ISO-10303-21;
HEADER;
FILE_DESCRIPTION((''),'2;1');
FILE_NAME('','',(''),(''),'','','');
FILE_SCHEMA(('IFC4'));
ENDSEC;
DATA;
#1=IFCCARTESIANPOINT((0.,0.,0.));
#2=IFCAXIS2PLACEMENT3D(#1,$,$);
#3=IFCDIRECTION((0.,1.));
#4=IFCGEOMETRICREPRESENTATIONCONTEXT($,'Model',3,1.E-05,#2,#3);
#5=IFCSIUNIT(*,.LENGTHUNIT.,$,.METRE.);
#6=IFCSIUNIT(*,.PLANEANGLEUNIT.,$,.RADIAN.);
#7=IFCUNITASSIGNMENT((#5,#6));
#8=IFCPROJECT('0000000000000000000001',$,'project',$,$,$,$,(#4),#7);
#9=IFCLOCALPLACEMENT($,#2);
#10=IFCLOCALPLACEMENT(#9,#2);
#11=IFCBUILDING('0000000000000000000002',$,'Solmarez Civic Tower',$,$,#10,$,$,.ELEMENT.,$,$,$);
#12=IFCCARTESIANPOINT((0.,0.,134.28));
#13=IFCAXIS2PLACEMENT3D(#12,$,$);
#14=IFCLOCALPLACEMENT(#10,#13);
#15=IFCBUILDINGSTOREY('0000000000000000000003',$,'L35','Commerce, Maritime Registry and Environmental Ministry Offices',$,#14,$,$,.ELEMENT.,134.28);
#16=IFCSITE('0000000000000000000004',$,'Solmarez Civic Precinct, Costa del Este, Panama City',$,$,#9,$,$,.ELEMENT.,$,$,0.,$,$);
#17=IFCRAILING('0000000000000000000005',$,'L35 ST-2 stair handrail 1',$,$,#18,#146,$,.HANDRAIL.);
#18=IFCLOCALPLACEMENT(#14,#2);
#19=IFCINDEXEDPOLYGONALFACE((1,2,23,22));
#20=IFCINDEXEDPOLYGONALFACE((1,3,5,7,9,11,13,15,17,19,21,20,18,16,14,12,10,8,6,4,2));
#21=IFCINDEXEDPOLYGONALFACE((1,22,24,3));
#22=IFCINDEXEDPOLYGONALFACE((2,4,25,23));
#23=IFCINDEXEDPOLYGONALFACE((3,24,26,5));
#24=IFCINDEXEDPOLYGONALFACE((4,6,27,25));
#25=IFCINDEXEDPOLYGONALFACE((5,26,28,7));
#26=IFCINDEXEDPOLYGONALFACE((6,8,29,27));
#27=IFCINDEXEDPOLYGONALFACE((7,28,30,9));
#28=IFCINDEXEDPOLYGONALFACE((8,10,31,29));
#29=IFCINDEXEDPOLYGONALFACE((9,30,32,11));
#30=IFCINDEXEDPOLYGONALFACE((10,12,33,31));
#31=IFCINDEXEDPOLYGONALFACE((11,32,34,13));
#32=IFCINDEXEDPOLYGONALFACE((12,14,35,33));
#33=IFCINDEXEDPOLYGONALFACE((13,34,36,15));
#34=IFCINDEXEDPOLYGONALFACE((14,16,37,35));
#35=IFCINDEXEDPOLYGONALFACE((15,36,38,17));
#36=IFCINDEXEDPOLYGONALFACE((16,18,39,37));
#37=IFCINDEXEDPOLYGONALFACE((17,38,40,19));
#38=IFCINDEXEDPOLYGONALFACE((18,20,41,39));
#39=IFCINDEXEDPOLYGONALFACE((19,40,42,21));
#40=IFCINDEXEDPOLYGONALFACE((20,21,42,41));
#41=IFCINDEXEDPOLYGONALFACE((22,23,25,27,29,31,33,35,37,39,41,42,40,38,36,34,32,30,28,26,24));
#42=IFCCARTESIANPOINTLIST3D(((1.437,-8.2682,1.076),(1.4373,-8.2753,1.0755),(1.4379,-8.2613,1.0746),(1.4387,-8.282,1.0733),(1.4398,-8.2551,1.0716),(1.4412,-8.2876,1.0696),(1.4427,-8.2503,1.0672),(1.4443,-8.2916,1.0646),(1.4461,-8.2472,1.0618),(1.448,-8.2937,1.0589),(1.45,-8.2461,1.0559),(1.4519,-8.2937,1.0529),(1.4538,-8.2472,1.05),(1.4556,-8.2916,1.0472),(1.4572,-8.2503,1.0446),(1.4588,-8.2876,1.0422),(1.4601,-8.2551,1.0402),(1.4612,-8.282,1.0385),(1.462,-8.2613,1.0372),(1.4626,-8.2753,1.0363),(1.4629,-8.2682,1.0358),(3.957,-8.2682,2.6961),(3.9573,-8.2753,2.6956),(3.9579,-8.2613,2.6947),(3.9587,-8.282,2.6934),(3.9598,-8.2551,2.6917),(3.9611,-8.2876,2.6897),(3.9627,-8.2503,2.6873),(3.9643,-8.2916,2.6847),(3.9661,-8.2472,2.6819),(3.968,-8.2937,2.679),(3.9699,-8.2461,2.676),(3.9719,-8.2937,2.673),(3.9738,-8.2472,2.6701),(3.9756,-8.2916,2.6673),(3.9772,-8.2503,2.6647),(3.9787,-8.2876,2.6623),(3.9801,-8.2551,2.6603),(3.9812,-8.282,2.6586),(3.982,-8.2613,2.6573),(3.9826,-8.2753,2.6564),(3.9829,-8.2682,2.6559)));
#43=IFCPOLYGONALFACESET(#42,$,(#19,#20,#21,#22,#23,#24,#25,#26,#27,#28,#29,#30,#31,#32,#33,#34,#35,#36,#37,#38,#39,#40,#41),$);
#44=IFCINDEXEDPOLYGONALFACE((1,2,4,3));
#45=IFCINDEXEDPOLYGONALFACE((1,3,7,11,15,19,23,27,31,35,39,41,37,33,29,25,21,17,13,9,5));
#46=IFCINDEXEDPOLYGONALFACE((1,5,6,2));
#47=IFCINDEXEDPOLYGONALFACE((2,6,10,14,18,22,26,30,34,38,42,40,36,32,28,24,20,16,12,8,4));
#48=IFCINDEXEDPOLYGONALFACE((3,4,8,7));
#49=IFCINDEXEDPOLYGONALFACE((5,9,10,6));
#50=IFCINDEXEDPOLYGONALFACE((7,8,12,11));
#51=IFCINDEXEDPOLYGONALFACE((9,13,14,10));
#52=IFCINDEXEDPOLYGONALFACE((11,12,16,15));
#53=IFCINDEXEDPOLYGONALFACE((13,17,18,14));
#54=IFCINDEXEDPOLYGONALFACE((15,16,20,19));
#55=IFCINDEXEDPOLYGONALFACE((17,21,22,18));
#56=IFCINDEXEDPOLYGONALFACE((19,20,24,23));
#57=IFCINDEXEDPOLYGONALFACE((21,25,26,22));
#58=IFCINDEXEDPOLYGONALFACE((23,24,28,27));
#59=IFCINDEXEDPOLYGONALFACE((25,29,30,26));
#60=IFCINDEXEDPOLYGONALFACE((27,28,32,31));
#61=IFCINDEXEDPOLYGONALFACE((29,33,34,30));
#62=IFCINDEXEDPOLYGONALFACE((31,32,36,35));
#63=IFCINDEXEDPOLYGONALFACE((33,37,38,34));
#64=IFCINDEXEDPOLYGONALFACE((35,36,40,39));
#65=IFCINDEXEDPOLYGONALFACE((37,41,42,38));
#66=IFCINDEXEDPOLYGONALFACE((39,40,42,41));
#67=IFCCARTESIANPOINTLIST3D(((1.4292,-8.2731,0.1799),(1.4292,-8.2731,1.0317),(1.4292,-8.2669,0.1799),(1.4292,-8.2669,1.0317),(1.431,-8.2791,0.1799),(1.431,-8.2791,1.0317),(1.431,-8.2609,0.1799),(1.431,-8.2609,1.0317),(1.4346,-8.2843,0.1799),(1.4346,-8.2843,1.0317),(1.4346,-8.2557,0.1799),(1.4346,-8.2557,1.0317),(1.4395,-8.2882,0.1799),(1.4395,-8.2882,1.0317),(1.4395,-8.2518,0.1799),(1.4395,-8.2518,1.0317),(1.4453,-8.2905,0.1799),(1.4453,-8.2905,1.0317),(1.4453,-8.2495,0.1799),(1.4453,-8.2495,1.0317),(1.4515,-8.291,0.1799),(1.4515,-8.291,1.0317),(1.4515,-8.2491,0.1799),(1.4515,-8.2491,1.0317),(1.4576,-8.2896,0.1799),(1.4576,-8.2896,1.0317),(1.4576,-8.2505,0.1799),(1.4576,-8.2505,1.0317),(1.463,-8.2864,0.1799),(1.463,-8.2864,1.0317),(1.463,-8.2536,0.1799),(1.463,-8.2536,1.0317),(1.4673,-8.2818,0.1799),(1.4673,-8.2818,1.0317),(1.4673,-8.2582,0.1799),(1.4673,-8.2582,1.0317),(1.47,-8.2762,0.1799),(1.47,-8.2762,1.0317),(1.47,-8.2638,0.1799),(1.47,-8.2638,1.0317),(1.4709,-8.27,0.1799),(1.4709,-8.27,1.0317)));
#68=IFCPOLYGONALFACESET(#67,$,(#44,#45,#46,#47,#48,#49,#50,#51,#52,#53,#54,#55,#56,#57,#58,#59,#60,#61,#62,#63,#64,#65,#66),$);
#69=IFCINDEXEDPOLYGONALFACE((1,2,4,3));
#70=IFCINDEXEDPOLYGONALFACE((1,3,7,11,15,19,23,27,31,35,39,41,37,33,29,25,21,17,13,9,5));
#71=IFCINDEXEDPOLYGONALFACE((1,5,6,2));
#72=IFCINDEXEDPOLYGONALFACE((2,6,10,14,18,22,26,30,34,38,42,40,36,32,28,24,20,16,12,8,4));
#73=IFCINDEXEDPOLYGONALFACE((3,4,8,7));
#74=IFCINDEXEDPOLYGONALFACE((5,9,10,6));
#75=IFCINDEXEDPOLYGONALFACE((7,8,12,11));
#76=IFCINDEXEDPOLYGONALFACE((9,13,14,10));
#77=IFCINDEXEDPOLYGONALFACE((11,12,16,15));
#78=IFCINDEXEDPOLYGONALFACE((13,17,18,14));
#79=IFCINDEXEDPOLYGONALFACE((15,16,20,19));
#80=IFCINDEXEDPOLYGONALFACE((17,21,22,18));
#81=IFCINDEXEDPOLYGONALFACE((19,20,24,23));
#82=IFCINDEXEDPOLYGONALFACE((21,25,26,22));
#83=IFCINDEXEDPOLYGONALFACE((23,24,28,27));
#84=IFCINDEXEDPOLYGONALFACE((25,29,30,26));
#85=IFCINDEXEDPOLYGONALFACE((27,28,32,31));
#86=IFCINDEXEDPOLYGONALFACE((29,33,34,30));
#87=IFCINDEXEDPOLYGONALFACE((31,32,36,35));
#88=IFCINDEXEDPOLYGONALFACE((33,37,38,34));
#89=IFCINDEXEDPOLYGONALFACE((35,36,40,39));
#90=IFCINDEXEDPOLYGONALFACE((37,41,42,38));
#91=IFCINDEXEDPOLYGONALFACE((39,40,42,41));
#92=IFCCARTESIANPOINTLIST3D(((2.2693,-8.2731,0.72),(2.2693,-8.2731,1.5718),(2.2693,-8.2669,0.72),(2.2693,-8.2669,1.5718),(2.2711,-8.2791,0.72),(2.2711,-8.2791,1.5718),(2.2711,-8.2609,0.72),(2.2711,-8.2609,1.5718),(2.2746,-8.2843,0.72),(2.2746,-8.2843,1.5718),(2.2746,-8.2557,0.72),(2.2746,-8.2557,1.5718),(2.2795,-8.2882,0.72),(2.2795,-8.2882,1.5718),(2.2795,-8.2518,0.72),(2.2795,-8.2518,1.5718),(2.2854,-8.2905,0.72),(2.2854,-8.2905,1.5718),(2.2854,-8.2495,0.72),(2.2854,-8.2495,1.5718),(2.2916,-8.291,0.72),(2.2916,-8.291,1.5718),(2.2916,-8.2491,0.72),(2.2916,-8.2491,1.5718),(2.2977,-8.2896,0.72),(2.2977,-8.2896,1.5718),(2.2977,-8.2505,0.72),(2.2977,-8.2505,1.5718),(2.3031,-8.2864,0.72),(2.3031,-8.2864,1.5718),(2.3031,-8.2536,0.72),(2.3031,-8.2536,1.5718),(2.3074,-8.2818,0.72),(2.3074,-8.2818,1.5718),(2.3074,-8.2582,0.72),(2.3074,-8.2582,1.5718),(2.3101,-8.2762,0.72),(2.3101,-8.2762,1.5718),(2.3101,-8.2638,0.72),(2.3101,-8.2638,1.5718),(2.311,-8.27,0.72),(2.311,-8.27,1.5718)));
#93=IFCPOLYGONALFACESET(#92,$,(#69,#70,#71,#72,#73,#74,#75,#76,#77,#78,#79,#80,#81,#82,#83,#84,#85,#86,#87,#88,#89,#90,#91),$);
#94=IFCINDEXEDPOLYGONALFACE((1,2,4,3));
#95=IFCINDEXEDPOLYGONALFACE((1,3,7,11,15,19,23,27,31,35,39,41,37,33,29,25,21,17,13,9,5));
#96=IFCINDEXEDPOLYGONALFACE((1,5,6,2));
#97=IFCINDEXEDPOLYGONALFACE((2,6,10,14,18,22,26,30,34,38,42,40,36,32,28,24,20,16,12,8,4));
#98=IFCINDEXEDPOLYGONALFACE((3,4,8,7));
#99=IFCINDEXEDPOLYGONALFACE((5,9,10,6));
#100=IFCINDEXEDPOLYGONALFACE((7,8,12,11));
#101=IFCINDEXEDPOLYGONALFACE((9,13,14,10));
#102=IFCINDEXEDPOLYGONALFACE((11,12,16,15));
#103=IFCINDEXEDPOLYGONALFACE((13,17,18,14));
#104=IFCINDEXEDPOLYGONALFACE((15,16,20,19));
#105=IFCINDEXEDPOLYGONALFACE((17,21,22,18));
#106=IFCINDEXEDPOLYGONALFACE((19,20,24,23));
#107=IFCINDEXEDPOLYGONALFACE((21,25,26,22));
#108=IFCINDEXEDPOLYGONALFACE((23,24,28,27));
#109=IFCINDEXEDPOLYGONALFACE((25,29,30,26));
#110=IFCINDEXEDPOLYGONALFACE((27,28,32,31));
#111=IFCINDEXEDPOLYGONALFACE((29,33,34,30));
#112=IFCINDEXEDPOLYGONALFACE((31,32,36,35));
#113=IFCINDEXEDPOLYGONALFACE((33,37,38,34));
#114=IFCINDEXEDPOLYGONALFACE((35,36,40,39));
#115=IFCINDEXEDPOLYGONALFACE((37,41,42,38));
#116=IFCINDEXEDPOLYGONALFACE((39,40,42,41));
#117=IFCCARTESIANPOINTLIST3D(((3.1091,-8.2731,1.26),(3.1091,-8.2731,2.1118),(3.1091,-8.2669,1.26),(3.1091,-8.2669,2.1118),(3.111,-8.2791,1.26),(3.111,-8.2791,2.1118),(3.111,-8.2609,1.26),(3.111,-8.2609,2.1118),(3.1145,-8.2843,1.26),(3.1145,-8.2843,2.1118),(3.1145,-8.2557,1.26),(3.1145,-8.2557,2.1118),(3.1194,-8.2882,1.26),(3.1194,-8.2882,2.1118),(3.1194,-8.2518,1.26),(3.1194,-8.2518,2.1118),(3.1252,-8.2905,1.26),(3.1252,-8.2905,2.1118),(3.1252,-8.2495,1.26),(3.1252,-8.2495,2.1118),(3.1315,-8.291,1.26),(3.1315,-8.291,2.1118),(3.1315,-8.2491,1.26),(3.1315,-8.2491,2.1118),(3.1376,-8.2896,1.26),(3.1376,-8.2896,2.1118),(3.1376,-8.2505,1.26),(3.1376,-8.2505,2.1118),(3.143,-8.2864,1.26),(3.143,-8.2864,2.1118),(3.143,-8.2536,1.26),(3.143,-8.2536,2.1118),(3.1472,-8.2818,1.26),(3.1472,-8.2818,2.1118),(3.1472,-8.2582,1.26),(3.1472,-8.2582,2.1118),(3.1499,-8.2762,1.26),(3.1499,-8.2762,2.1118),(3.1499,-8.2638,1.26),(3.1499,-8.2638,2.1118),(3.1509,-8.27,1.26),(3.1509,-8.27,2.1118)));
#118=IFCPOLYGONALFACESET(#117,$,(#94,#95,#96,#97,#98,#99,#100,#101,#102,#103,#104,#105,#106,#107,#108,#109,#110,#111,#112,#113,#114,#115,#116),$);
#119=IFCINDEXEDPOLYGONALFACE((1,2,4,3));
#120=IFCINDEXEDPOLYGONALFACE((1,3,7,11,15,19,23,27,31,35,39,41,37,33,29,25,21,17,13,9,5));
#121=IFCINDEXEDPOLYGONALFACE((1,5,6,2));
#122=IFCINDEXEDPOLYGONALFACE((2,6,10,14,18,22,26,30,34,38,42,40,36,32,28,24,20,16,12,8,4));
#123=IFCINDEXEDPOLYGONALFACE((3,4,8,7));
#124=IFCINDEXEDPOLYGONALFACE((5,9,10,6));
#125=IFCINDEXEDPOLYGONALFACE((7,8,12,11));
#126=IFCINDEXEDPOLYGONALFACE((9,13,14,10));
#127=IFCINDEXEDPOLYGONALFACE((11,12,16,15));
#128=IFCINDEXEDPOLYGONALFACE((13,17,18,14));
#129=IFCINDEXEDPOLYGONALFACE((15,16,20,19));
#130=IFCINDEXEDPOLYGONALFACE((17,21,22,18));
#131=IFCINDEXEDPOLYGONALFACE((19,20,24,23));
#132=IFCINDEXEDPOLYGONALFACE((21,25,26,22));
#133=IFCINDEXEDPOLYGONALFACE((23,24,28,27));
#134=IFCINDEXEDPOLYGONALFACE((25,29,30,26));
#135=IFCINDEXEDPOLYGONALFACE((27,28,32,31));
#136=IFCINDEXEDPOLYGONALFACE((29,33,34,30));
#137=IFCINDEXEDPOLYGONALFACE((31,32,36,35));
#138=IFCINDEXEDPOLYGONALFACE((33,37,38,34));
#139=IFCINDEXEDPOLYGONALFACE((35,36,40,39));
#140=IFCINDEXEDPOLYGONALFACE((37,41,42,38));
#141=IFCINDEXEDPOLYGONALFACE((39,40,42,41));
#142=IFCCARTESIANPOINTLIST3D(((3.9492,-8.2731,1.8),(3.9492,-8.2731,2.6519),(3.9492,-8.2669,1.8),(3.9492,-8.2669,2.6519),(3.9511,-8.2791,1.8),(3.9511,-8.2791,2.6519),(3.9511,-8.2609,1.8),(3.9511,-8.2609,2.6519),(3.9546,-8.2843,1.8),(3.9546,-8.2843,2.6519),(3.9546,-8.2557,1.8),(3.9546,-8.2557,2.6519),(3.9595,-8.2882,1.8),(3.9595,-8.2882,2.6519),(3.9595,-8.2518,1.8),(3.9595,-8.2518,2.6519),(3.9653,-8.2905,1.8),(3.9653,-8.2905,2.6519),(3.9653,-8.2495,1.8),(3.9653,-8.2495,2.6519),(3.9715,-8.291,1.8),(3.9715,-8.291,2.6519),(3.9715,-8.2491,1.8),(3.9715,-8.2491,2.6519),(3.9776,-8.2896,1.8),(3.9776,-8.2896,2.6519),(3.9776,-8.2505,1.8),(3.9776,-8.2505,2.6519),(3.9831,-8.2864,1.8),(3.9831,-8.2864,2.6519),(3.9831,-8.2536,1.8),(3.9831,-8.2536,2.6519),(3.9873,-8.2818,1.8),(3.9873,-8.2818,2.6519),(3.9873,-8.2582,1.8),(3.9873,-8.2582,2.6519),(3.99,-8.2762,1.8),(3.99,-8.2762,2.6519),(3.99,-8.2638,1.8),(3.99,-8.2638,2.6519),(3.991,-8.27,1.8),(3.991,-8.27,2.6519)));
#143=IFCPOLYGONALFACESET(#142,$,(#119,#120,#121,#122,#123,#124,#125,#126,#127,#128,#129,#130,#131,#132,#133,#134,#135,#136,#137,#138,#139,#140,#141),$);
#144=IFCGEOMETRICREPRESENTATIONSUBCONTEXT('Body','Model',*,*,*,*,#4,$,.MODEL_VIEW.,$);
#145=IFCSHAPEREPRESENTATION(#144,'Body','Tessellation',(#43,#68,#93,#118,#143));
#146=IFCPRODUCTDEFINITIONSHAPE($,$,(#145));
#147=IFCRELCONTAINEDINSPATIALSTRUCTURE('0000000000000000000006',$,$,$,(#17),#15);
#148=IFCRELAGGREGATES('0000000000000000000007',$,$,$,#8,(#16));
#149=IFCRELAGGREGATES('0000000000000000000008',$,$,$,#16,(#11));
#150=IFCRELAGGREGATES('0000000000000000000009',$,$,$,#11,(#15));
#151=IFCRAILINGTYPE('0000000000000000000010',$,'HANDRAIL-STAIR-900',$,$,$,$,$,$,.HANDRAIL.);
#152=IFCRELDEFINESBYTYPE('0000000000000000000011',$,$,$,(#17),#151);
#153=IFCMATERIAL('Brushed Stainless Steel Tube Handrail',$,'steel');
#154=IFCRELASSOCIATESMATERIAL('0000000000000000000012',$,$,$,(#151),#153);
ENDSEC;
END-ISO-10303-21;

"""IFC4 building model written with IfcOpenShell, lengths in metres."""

from ifc_helpers import new_model, si_unit, direction, frame, origin, origin_2d, place, context, subcontext, project, spatial, circle, extrude, material, type_object, element, save


model = new_model("IFC4")

# Units and contexts
model_context = context("Model", 3, precision=1e-05, world=origin(), true_north=direction((0.0, 1.0)))
body_context = subcontext(model_context, "Body", "Model", "MODEL_VIEW")
ifc_project = project(units=[si_unit("LENGTHUNIT", "METRE"), si_unit("PLANEANGLEUNIT", "RADIAN")], contexts=[model_context])

# Site, building, storey
site_placement = place(None, origin())
site = spatial("IfcSite", under=ifc_project, at=site_placement, Name="Solmarez Civic Precinct, Costa del Este, Panama City", CompositionType="ELEMENT", RefElevation=0.0)
building_placement = place(site_placement, origin())
building = spatial("IfcBuilding", under=site, at=building_placement, Name="Solmarez Civic Tower", CompositionType="ELEMENT")
storey_placement = place(building_placement, frame((0.0, 0.0, 134.28)))
storey = spatial("IfcBuildingStorey", under=building, at=storey_placement, Name="L35", Description="Commerce, Maritime Registry and Environmental Ministry Offices", CompositionType="ELEMENT", Elevation=134.28)

# Railing
ifc_material_1 = material(Name="Brushed Stainless Steel Tube Handrail", Category="steel")
railing_type_1 = type_object("IfcRailingType", Name="HANDRAIL-STAIR-900", PredefinedType="HANDRAIL", material=ifc_material_1)
railing_1_placement = place(storey_placement, frame((1.45, -8.27, 0.1799)))
element("IfcRailing", 1, at=railing_1_placement, inside=storey, type_object=railing_type_1, Name="L35 ST-2 stair handrail 1", PredefinedType="HANDRAIL", context=body_context, shape_type="SweptSolid", body=[
    extrude(circle(Radius=0.0239, at=origin_2d()), frame((0.0, 0.0, 0.876), z_axis=(0.841163, 0.0, 0.540782), x_axis=(0.0, 1.0, 0.0)), (0.0, 0.0, 1.0), 2.9958),
    extrude(circle(Radius=0.021, at=origin_2d()), origin(), (0.0, 0.0, 1.0), 0.8518),
    extrude(circle(Radius=0.021, at=origin_2d()), frame((0.8401, 0.0, 0.54)), (0.0, 0.0, 1.0), 0.8518),
    extrude(circle(Radius=0.021, at=origin_2d()), frame((1.6799, 0.0, 1.0801)), (0.0, 0.0, 1.0), 0.8518),
    extrude(circle(Radius=0.021, at=origin_2d()), frame((2.52, 0.0, 1.6201)), (0.0, 0.0, 1.0), 0.8518),
])

save(model, "model.ifc")
